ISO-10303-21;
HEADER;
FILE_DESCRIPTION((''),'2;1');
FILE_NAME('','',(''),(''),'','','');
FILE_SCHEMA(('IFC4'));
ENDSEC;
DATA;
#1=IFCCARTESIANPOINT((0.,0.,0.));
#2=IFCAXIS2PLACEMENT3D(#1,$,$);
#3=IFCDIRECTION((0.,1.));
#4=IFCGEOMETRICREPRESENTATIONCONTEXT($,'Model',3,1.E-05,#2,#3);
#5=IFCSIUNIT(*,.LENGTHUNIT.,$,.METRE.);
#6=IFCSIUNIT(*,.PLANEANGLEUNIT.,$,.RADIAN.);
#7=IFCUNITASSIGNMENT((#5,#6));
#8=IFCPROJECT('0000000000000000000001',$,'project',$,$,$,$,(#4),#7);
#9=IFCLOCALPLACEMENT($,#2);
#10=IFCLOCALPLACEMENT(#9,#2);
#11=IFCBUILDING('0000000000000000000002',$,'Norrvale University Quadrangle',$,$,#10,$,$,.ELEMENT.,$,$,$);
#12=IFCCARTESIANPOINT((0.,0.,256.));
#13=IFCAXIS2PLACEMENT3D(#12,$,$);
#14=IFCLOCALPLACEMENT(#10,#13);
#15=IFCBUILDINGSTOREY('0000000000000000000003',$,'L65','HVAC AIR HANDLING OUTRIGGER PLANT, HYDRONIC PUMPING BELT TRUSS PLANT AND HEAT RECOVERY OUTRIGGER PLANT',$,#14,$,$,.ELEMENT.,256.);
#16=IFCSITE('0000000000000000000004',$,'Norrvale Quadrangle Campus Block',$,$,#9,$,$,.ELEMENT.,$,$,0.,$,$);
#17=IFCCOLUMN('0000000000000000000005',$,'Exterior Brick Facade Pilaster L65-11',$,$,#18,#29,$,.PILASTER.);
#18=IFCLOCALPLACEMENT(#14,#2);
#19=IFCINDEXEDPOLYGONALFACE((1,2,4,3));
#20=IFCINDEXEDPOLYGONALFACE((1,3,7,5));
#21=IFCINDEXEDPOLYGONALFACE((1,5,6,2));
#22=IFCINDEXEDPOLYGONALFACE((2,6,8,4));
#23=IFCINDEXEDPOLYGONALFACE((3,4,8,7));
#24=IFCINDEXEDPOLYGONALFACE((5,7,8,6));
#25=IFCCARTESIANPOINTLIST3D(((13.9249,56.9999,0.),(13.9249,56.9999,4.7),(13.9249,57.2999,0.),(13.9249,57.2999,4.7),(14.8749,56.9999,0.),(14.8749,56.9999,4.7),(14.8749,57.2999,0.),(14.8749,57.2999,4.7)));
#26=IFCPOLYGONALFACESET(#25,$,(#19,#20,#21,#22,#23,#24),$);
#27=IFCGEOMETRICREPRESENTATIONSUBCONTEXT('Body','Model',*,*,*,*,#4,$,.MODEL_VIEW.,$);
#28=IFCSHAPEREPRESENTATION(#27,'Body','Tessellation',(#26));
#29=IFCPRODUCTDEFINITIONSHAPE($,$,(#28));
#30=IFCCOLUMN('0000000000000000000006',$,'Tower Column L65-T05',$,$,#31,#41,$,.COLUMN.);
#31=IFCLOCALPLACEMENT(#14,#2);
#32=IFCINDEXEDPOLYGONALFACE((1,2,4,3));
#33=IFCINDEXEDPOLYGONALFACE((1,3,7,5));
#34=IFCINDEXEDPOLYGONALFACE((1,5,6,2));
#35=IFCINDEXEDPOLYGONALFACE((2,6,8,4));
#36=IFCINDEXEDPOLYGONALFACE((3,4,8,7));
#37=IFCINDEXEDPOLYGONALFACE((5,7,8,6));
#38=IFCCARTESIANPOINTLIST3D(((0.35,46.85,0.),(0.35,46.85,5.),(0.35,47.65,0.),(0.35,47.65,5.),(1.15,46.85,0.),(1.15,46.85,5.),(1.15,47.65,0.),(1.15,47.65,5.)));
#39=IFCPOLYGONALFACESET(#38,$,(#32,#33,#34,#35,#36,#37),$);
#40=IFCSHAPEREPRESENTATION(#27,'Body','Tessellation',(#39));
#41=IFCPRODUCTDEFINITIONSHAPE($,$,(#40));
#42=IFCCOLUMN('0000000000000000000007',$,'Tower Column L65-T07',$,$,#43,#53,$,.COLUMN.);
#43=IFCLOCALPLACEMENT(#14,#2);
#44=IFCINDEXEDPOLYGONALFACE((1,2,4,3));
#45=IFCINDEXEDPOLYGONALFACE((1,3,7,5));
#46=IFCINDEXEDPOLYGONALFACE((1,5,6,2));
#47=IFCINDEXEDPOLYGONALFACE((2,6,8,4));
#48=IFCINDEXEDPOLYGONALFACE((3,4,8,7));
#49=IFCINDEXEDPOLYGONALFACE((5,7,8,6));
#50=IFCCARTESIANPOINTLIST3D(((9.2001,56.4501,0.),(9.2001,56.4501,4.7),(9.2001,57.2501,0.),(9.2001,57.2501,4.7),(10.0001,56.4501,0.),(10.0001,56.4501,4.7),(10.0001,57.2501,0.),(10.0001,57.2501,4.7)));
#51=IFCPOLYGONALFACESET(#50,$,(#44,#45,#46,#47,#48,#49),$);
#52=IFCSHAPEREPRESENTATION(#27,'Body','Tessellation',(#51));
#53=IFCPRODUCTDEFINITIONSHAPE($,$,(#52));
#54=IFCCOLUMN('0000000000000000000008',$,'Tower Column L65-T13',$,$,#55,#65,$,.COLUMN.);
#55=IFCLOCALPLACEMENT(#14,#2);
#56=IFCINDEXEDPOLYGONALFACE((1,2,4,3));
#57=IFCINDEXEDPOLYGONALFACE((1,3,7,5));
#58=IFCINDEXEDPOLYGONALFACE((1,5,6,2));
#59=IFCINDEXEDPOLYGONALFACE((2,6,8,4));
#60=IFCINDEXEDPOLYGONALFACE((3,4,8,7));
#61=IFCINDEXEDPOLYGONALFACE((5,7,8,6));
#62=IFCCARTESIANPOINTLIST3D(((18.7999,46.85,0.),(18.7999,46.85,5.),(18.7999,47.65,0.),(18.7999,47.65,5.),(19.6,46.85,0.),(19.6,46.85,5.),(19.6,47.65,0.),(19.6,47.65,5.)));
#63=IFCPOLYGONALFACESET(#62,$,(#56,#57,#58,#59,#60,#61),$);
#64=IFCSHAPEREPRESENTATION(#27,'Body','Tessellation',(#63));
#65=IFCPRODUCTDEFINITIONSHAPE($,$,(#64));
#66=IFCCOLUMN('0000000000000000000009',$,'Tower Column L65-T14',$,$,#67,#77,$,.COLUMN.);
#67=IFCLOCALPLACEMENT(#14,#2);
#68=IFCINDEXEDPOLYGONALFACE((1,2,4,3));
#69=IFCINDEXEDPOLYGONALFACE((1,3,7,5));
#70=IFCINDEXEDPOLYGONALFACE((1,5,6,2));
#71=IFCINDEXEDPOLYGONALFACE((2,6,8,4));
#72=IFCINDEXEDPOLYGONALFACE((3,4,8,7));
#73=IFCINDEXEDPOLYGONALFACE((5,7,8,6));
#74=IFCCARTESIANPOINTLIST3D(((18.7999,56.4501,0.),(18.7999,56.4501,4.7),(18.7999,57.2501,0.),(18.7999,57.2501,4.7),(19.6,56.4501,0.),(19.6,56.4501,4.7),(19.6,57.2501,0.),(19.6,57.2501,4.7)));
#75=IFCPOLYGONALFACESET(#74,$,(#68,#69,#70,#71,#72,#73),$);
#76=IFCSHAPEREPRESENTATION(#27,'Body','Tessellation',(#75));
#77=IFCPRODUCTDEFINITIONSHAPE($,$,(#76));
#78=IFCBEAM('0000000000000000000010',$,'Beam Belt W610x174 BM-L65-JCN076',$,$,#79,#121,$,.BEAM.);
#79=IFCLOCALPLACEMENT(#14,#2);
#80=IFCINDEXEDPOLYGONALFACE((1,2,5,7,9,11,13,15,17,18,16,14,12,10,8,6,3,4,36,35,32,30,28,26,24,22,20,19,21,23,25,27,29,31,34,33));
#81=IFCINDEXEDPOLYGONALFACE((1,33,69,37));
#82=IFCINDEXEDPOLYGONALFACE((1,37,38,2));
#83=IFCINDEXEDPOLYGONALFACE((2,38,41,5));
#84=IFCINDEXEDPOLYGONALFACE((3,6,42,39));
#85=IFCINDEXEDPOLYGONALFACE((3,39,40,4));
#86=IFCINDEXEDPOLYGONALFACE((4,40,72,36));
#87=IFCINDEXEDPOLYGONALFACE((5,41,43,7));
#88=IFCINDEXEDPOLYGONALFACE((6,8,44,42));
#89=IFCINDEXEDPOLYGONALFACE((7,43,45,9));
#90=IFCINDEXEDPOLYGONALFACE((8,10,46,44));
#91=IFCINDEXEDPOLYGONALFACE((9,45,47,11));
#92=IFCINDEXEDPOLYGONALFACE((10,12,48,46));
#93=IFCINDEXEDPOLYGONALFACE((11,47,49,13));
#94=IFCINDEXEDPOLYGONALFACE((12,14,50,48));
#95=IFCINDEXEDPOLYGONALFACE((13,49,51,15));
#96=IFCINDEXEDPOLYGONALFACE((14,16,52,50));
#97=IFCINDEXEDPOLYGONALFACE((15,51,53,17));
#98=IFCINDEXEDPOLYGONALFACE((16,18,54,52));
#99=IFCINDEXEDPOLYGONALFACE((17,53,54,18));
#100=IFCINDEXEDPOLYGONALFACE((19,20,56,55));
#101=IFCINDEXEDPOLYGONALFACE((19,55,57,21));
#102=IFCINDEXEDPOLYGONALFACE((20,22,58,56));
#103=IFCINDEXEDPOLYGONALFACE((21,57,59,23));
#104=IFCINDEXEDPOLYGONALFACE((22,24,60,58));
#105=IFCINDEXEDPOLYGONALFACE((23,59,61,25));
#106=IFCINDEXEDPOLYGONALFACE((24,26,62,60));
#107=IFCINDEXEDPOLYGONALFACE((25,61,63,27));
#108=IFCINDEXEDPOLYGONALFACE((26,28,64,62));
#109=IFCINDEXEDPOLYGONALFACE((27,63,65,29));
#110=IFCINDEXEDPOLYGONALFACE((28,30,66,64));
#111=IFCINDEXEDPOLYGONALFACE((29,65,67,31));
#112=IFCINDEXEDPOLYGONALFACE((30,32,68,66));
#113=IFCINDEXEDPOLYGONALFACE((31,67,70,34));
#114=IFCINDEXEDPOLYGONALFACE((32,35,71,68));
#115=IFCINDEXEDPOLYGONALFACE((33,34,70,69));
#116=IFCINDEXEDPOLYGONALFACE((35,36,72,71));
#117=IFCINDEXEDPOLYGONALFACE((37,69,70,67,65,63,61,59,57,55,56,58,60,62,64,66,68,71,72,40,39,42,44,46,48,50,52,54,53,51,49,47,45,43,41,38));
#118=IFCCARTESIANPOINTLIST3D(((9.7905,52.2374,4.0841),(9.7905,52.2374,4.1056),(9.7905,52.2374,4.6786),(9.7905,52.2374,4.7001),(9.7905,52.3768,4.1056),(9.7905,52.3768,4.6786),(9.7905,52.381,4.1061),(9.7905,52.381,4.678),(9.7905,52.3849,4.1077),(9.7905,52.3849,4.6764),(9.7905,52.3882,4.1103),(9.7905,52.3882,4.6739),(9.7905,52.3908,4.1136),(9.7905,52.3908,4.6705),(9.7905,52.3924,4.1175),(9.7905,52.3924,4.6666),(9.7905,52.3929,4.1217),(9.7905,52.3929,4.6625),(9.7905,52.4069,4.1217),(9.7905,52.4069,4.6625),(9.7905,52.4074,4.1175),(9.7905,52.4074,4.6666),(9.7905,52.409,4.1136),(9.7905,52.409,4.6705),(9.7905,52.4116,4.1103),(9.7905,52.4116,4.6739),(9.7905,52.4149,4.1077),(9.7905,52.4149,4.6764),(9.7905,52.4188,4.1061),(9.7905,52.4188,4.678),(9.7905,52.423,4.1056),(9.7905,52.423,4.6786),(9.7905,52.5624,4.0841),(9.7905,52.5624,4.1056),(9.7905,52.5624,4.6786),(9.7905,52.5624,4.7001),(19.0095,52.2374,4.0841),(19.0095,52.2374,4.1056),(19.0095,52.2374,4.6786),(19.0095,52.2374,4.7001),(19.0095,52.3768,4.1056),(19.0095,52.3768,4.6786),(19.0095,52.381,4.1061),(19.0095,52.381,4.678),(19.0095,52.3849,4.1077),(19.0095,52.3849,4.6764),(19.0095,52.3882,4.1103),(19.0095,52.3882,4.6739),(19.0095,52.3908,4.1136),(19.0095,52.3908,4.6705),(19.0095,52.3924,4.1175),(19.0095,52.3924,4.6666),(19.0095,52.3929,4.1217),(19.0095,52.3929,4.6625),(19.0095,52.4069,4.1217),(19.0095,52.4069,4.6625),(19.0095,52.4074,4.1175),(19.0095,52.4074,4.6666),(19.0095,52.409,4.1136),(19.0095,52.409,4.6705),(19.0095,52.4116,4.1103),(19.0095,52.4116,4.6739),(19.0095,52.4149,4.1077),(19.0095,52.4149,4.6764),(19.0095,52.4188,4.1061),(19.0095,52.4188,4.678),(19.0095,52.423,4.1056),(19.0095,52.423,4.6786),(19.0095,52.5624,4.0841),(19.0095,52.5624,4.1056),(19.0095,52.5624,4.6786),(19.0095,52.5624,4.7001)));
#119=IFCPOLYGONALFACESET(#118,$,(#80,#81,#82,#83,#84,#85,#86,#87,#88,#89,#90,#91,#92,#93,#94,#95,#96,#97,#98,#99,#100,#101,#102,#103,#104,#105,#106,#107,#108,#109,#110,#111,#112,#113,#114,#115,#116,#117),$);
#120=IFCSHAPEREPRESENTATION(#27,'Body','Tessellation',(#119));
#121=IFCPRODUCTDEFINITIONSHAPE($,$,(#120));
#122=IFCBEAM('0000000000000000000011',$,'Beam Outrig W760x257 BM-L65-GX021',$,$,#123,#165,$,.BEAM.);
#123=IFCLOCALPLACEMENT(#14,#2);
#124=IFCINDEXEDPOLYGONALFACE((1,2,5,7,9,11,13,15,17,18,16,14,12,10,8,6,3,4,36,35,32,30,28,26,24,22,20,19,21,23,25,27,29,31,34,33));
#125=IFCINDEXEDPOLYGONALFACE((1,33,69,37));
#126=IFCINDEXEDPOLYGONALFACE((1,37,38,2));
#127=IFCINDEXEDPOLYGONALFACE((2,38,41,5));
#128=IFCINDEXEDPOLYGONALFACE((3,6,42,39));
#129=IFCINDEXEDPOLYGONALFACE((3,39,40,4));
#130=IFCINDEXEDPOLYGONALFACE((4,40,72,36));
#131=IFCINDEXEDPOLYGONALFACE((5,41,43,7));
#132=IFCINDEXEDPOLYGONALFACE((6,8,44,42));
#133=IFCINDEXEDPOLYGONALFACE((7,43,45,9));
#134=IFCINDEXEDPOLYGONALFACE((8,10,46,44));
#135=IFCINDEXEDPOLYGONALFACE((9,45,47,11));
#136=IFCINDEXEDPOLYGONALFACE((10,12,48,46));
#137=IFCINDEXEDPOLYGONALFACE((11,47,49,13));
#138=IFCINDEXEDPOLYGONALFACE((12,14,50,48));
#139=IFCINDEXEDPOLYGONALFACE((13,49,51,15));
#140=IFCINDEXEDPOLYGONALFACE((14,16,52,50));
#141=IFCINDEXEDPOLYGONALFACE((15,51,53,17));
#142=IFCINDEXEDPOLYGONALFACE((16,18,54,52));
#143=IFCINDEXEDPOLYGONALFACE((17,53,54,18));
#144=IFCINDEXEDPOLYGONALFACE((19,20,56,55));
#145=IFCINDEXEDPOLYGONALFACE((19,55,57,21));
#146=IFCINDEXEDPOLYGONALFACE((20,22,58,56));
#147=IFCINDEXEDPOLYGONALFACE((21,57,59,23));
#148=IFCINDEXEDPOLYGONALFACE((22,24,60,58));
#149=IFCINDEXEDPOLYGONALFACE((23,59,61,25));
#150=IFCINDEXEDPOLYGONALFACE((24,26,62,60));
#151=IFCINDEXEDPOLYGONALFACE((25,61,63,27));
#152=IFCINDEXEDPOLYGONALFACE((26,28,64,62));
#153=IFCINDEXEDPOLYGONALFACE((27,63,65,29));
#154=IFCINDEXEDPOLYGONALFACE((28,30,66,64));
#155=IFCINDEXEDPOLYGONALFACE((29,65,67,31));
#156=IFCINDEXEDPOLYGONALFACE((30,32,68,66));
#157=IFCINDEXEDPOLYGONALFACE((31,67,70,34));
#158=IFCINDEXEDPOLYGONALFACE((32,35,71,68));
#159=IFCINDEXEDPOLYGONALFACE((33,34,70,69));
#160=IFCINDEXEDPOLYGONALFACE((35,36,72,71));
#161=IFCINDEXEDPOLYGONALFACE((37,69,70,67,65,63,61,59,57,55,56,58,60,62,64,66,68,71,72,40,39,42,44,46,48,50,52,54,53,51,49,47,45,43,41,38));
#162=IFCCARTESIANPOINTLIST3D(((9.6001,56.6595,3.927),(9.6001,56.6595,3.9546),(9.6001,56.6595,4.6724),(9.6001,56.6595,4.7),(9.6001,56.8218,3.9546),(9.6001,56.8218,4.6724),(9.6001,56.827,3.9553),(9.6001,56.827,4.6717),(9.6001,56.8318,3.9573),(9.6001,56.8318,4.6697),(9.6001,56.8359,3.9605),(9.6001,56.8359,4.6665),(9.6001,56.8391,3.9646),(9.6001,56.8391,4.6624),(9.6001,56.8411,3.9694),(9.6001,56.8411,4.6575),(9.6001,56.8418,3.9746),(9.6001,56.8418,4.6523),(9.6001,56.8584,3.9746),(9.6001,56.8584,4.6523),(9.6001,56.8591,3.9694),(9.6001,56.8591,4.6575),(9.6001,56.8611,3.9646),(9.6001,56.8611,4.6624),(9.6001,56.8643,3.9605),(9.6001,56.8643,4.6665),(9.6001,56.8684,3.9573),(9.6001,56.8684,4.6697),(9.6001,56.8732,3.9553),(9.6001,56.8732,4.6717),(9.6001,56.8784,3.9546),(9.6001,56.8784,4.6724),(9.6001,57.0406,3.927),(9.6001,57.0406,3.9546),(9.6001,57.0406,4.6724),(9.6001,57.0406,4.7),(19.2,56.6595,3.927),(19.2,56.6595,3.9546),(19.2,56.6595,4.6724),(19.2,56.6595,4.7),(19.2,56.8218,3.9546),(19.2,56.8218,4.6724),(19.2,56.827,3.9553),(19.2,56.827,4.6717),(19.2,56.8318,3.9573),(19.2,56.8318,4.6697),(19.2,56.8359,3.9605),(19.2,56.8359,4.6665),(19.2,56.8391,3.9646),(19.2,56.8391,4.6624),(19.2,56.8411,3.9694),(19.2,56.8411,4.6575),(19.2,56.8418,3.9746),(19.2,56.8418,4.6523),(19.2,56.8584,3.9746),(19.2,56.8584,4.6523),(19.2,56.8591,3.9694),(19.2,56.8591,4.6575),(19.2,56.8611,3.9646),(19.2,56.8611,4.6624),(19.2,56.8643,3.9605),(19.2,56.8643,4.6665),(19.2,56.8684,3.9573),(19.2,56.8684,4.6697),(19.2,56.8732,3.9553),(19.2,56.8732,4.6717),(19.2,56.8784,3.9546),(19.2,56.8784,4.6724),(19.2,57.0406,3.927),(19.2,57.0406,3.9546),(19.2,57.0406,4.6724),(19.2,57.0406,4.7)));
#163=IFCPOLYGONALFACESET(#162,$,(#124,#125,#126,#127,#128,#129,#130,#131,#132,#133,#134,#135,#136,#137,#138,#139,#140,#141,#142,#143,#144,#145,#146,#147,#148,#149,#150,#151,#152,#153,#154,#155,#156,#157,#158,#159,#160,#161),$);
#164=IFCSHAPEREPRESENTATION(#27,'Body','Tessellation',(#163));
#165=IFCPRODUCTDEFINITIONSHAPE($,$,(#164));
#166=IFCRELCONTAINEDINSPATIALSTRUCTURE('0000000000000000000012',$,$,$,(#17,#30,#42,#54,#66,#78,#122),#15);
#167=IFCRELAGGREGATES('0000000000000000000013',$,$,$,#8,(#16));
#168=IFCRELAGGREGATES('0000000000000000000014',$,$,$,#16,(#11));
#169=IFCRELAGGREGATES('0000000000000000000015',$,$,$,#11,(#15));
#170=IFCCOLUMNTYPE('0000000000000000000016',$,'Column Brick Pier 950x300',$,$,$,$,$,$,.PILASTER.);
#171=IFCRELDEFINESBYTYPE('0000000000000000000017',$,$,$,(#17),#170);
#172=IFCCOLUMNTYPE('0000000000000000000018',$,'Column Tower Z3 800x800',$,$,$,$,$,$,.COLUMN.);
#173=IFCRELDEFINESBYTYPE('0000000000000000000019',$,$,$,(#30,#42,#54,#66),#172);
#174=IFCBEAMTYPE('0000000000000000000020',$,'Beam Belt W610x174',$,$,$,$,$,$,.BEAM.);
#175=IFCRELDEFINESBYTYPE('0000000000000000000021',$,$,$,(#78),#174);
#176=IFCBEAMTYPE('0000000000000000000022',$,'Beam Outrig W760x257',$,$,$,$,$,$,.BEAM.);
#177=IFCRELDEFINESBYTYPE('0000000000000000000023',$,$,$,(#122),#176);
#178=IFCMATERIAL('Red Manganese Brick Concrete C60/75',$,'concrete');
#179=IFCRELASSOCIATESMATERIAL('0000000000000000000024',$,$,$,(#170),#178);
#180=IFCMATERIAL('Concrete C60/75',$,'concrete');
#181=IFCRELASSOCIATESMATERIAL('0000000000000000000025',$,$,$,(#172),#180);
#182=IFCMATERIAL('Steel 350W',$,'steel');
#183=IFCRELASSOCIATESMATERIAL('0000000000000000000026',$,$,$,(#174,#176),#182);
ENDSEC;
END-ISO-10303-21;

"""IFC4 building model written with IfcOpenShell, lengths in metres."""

from ifc_helpers import new_model, si_unit, direction, frame, origin, origin_2d, place, context, subcontext, project, spatial, rectangle, i_section, extrude, material, material_profile, profile_set, type_object, element, save


model = new_model("IFC4")

# Units and contexts
model_context = context("Model", 3, precision=1e-05, world=origin(), true_north=direction((0.0, 1.0)))
body_context = subcontext(model_context, "Body", "Model", "MODEL_VIEW")
ifc_project = project(units=[si_unit("LENGTHUNIT", "METRE"), si_unit("PLANEANGLEUNIT", "RADIAN")], contexts=[model_context])

# Site, building, storey
site_placement = place(None, origin())
site = spatial("IfcSite", under=ifc_project, at=site_placement, Name="Norrvale Quadrangle Campus Block", CompositionType="ELEMENT", RefElevation=0.0)
building_placement = place(site_placement, origin())
building = spatial("IfcBuilding", under=site, at=building_placement, Name="Norrvale University Quadrangle", CompositionType="ELEMENT")
storey_placement = place(building_placement, frame((0.0, 0.0, 256.0)))
storey = spatial("IfcBuildingStorey", under=building, at=storey_placement, Name="L65", Description="HVAC AIR HANDLING OUTRIGGER PLANT, HYDRONIC PUMPING BELT TRUSS PLANT AND HEAT RECOVERY OUTRIGGER PLANT", CompositionType="ELEMENT", Elevation=256.0)

# Columns
ifc_material_1 = material(Name="Red Manganese Brick Concrete C60/75", Category="concrete")
ifc_material_profile_1 = material_profile(ifc_material_1, rectangle(XDim=0.95, YDim=0.3, at=origin_2d()), Name="Red Manganese Brick Concrete C60/75")
ifc_profile_set_1 = profile_set([ifc_material_profile_1], Name="Red Manganese Brick Concrete C60/75")
column_type_1 = type_object("IfcColumnType", Name="Column Brick Pier 950x300", PredefinedType="PILASTER", material=ifc_profile_set_1)
column_1_placement = place(storey_placement, frame((14.3999, 57.1499, 0.0), z_axis=(0.0, 0.0, 1.0), x_axis=(1.0, 0.0, 0.0)))
element("IfcColumn", 1, at=column_1_placement, inside=storey, type_object=column_type_1, Name="Exterior Brick Facade Pilaster L65-11", PredefinedType="PILASTER", context=body_context, shape_type="SweptSolid", body=[
    extrude(rectangle(XDim=0.95, YDim=0.3, at=origin_2d()), origin(), (0.0, 0.0, 1.0), 4.7),
])
ifc_material_2 = material(Name="Concrete C60/75", Category="concrete")
ifc_material_profile_2 = material_profile(ifc_material_2, rectangle(XDim=0.8, YDim=0.8, at=origin_2d()), Name="Concrete C60/75")
ifc_profile_set_2 = profile_set([ifc_material_profile_2], Name="Concrete C60/75")
column_type_2 = type_object("IfcColumnType", Name="Column Tower Z3 800x800", PredefinedType="COLUMN", material=ifc_profile_set_2)
column_2_placement = place(storey_placement, frame((0.75, 47.25, 0.0), z_axis=(0.0, 0.0, 1.0), x_axis=(1.0, 0.0, 0.0)))
element("IfcColumn", 2, at=column_2_placement, inside=storey, type_object=column_type_2, Name="Tower Column L65-T05", PredefinedType="COLUMN", context=body_context, shape_type="SweptSolid", body=[
    extrude(rectangle(XDim=0.8, YDim=0.8, at=origin_2d()), origin(), (0.0, 0.0, 1.0), 5.0),
])
column_3_placement = place(storey_placement, frame((9.6001, 56.8501, 0.0), z_axis=(0.0, 0.0, 1.0), x_axis=(1.0, 0.0, 0.0)))
element("IfcColumn", 3, at=column_3_placement, inside=storey, type_object=column_type_2, Name="Tower Column L65-T07", PredefinedType="COLUMN", context=body_context, shape_type="SweptSolid", body=[
    extrude(rectangle(XDim=0.8, YDim=0.8, at=origin_2d()), origin(), (0.0, 0.0, 1.0), 4.7),
])
column_4_placement = place(storey_placement, frame((19.2, 47.25, 0.0), z_axis=(0.0, 0.0, 1.0), x_axis=(1.0, 0.0, 0.0)))
element("IfcColumn", 4, at=column_4_placement, inside=storey, type_object=column_type_2, Name="Tower Column L65-T13", PredefinedType="COLUMN", context=body_context, shape_type="SweptSolid", body=[
    extrude(rectangle(XDim=0.8, YDim=0.8, at=origin_2d()), origin(), (0.0, 0.0, 1.0), 5.0),
])
column_5_placement = place(storey_placement, frame((19.2, 56.8501, 0.0), z_axis=(0.0, 0.0, 1.0), x_axis=(1.0, 0.0, 0.0)))
element("IfcColumn", 5, at=column_5_placement, inside=storey, type_object=column_type_2, Name="Tower Column L65-T14", PredefinedType="COLUMN", context=body_context, shape_type="SweptSolid", body=[
    extrude(rectangle(XDim=0.8, YDim=0.8, at=origin_2d()), origin(), (0.0, 0.0, 1.0), 4.7),
])

# Beams
ifc_material_3 = material(Name="Steel 350W", Category="steel")
ifc_material_profile_3 = material_profile(ifc_material_3, i_section(OverallWidth=0.325, OverallDepth=0.616, WebThickness=0.0139, FlangeThickness=0.0215, FilletRadius=0.0161, at=origin_2d()), Name="Steel 350W")
ifc_profile_set_3 = profile_set([ifc_material_profile_3], Name="Steel 350W")
beam_type_1 = type_object("IfcBeamType", Name="Beam Belt W610x174", PredefinedType="BEAM", material=ifc_profile_set_3)
beam_1_placement = place(storey_placement, frame((9.7905, 52.3999, 4.3921), z_axis=(1.0, 0.0, 0.0), x_axis=(0.0, 1.0, 0.0)))
element("IfcBeam", 6, at=beam_1_placement, inside=storey, type_object=beam_type_1, Name="Beam Belt W610x174 BM-L65-JCN076", PredefinedType="BEAM", context=body_context, shape_type="SweptSolid", body=[
    extrude(i_section(OverallWidth=0.325, OverallDepth=0.616, WebThickness=0.0139, FlangeThickness=0.0215, FilletRadius=0.0161, at=origin_2d()), origin(), (0.0, 0.0, 1.0), 9.219),
])
ifc_material_profile_4 = material_profile(ifc_material_3, i_section(OverallWidth=0.3811, OverallDepth=0.7729, WebThickness=0.0166, FlangeThickness=0.0276, FilletRadius=0.02, at=origin_2d()), Name="Steel 350W")
ifc_profile_set_4 = profile_set([ifc_material_profile_4], Name="Steel 350W")
beam_type_2 = type_object("IfcBeamType", Name="Beam Outrig W760x257", PredefinedType="BEAM", material=ifc_profile_set_4)
beam_2_placement = place(storey_placement, frame((9.6001, 56.8501, 4.3135), z_axis=(1.0, 0.0, 0.0), x_axis=(0.0, 1.0, 0.0)))
element("IfcBeam", 7, at=beam_2_placement, inside=storey, type_object=beam_type_2, Name="Beam Outrig W760x257 BM-L65-GX021", PredefinedType="BEAM", context=body_context, shape_type="SweptSolid", body=[
    extrude(i_section(OverallWidth=0.3811, OverallDepth=0.7729, WebThickness=0.0166, FlangeThickness=0.0276, FilletRadius=0.02, at=origin_2d()), origin(), (0.0, 0.0, 1.0), 9.5999),
])

save(model, "model.ifc")
